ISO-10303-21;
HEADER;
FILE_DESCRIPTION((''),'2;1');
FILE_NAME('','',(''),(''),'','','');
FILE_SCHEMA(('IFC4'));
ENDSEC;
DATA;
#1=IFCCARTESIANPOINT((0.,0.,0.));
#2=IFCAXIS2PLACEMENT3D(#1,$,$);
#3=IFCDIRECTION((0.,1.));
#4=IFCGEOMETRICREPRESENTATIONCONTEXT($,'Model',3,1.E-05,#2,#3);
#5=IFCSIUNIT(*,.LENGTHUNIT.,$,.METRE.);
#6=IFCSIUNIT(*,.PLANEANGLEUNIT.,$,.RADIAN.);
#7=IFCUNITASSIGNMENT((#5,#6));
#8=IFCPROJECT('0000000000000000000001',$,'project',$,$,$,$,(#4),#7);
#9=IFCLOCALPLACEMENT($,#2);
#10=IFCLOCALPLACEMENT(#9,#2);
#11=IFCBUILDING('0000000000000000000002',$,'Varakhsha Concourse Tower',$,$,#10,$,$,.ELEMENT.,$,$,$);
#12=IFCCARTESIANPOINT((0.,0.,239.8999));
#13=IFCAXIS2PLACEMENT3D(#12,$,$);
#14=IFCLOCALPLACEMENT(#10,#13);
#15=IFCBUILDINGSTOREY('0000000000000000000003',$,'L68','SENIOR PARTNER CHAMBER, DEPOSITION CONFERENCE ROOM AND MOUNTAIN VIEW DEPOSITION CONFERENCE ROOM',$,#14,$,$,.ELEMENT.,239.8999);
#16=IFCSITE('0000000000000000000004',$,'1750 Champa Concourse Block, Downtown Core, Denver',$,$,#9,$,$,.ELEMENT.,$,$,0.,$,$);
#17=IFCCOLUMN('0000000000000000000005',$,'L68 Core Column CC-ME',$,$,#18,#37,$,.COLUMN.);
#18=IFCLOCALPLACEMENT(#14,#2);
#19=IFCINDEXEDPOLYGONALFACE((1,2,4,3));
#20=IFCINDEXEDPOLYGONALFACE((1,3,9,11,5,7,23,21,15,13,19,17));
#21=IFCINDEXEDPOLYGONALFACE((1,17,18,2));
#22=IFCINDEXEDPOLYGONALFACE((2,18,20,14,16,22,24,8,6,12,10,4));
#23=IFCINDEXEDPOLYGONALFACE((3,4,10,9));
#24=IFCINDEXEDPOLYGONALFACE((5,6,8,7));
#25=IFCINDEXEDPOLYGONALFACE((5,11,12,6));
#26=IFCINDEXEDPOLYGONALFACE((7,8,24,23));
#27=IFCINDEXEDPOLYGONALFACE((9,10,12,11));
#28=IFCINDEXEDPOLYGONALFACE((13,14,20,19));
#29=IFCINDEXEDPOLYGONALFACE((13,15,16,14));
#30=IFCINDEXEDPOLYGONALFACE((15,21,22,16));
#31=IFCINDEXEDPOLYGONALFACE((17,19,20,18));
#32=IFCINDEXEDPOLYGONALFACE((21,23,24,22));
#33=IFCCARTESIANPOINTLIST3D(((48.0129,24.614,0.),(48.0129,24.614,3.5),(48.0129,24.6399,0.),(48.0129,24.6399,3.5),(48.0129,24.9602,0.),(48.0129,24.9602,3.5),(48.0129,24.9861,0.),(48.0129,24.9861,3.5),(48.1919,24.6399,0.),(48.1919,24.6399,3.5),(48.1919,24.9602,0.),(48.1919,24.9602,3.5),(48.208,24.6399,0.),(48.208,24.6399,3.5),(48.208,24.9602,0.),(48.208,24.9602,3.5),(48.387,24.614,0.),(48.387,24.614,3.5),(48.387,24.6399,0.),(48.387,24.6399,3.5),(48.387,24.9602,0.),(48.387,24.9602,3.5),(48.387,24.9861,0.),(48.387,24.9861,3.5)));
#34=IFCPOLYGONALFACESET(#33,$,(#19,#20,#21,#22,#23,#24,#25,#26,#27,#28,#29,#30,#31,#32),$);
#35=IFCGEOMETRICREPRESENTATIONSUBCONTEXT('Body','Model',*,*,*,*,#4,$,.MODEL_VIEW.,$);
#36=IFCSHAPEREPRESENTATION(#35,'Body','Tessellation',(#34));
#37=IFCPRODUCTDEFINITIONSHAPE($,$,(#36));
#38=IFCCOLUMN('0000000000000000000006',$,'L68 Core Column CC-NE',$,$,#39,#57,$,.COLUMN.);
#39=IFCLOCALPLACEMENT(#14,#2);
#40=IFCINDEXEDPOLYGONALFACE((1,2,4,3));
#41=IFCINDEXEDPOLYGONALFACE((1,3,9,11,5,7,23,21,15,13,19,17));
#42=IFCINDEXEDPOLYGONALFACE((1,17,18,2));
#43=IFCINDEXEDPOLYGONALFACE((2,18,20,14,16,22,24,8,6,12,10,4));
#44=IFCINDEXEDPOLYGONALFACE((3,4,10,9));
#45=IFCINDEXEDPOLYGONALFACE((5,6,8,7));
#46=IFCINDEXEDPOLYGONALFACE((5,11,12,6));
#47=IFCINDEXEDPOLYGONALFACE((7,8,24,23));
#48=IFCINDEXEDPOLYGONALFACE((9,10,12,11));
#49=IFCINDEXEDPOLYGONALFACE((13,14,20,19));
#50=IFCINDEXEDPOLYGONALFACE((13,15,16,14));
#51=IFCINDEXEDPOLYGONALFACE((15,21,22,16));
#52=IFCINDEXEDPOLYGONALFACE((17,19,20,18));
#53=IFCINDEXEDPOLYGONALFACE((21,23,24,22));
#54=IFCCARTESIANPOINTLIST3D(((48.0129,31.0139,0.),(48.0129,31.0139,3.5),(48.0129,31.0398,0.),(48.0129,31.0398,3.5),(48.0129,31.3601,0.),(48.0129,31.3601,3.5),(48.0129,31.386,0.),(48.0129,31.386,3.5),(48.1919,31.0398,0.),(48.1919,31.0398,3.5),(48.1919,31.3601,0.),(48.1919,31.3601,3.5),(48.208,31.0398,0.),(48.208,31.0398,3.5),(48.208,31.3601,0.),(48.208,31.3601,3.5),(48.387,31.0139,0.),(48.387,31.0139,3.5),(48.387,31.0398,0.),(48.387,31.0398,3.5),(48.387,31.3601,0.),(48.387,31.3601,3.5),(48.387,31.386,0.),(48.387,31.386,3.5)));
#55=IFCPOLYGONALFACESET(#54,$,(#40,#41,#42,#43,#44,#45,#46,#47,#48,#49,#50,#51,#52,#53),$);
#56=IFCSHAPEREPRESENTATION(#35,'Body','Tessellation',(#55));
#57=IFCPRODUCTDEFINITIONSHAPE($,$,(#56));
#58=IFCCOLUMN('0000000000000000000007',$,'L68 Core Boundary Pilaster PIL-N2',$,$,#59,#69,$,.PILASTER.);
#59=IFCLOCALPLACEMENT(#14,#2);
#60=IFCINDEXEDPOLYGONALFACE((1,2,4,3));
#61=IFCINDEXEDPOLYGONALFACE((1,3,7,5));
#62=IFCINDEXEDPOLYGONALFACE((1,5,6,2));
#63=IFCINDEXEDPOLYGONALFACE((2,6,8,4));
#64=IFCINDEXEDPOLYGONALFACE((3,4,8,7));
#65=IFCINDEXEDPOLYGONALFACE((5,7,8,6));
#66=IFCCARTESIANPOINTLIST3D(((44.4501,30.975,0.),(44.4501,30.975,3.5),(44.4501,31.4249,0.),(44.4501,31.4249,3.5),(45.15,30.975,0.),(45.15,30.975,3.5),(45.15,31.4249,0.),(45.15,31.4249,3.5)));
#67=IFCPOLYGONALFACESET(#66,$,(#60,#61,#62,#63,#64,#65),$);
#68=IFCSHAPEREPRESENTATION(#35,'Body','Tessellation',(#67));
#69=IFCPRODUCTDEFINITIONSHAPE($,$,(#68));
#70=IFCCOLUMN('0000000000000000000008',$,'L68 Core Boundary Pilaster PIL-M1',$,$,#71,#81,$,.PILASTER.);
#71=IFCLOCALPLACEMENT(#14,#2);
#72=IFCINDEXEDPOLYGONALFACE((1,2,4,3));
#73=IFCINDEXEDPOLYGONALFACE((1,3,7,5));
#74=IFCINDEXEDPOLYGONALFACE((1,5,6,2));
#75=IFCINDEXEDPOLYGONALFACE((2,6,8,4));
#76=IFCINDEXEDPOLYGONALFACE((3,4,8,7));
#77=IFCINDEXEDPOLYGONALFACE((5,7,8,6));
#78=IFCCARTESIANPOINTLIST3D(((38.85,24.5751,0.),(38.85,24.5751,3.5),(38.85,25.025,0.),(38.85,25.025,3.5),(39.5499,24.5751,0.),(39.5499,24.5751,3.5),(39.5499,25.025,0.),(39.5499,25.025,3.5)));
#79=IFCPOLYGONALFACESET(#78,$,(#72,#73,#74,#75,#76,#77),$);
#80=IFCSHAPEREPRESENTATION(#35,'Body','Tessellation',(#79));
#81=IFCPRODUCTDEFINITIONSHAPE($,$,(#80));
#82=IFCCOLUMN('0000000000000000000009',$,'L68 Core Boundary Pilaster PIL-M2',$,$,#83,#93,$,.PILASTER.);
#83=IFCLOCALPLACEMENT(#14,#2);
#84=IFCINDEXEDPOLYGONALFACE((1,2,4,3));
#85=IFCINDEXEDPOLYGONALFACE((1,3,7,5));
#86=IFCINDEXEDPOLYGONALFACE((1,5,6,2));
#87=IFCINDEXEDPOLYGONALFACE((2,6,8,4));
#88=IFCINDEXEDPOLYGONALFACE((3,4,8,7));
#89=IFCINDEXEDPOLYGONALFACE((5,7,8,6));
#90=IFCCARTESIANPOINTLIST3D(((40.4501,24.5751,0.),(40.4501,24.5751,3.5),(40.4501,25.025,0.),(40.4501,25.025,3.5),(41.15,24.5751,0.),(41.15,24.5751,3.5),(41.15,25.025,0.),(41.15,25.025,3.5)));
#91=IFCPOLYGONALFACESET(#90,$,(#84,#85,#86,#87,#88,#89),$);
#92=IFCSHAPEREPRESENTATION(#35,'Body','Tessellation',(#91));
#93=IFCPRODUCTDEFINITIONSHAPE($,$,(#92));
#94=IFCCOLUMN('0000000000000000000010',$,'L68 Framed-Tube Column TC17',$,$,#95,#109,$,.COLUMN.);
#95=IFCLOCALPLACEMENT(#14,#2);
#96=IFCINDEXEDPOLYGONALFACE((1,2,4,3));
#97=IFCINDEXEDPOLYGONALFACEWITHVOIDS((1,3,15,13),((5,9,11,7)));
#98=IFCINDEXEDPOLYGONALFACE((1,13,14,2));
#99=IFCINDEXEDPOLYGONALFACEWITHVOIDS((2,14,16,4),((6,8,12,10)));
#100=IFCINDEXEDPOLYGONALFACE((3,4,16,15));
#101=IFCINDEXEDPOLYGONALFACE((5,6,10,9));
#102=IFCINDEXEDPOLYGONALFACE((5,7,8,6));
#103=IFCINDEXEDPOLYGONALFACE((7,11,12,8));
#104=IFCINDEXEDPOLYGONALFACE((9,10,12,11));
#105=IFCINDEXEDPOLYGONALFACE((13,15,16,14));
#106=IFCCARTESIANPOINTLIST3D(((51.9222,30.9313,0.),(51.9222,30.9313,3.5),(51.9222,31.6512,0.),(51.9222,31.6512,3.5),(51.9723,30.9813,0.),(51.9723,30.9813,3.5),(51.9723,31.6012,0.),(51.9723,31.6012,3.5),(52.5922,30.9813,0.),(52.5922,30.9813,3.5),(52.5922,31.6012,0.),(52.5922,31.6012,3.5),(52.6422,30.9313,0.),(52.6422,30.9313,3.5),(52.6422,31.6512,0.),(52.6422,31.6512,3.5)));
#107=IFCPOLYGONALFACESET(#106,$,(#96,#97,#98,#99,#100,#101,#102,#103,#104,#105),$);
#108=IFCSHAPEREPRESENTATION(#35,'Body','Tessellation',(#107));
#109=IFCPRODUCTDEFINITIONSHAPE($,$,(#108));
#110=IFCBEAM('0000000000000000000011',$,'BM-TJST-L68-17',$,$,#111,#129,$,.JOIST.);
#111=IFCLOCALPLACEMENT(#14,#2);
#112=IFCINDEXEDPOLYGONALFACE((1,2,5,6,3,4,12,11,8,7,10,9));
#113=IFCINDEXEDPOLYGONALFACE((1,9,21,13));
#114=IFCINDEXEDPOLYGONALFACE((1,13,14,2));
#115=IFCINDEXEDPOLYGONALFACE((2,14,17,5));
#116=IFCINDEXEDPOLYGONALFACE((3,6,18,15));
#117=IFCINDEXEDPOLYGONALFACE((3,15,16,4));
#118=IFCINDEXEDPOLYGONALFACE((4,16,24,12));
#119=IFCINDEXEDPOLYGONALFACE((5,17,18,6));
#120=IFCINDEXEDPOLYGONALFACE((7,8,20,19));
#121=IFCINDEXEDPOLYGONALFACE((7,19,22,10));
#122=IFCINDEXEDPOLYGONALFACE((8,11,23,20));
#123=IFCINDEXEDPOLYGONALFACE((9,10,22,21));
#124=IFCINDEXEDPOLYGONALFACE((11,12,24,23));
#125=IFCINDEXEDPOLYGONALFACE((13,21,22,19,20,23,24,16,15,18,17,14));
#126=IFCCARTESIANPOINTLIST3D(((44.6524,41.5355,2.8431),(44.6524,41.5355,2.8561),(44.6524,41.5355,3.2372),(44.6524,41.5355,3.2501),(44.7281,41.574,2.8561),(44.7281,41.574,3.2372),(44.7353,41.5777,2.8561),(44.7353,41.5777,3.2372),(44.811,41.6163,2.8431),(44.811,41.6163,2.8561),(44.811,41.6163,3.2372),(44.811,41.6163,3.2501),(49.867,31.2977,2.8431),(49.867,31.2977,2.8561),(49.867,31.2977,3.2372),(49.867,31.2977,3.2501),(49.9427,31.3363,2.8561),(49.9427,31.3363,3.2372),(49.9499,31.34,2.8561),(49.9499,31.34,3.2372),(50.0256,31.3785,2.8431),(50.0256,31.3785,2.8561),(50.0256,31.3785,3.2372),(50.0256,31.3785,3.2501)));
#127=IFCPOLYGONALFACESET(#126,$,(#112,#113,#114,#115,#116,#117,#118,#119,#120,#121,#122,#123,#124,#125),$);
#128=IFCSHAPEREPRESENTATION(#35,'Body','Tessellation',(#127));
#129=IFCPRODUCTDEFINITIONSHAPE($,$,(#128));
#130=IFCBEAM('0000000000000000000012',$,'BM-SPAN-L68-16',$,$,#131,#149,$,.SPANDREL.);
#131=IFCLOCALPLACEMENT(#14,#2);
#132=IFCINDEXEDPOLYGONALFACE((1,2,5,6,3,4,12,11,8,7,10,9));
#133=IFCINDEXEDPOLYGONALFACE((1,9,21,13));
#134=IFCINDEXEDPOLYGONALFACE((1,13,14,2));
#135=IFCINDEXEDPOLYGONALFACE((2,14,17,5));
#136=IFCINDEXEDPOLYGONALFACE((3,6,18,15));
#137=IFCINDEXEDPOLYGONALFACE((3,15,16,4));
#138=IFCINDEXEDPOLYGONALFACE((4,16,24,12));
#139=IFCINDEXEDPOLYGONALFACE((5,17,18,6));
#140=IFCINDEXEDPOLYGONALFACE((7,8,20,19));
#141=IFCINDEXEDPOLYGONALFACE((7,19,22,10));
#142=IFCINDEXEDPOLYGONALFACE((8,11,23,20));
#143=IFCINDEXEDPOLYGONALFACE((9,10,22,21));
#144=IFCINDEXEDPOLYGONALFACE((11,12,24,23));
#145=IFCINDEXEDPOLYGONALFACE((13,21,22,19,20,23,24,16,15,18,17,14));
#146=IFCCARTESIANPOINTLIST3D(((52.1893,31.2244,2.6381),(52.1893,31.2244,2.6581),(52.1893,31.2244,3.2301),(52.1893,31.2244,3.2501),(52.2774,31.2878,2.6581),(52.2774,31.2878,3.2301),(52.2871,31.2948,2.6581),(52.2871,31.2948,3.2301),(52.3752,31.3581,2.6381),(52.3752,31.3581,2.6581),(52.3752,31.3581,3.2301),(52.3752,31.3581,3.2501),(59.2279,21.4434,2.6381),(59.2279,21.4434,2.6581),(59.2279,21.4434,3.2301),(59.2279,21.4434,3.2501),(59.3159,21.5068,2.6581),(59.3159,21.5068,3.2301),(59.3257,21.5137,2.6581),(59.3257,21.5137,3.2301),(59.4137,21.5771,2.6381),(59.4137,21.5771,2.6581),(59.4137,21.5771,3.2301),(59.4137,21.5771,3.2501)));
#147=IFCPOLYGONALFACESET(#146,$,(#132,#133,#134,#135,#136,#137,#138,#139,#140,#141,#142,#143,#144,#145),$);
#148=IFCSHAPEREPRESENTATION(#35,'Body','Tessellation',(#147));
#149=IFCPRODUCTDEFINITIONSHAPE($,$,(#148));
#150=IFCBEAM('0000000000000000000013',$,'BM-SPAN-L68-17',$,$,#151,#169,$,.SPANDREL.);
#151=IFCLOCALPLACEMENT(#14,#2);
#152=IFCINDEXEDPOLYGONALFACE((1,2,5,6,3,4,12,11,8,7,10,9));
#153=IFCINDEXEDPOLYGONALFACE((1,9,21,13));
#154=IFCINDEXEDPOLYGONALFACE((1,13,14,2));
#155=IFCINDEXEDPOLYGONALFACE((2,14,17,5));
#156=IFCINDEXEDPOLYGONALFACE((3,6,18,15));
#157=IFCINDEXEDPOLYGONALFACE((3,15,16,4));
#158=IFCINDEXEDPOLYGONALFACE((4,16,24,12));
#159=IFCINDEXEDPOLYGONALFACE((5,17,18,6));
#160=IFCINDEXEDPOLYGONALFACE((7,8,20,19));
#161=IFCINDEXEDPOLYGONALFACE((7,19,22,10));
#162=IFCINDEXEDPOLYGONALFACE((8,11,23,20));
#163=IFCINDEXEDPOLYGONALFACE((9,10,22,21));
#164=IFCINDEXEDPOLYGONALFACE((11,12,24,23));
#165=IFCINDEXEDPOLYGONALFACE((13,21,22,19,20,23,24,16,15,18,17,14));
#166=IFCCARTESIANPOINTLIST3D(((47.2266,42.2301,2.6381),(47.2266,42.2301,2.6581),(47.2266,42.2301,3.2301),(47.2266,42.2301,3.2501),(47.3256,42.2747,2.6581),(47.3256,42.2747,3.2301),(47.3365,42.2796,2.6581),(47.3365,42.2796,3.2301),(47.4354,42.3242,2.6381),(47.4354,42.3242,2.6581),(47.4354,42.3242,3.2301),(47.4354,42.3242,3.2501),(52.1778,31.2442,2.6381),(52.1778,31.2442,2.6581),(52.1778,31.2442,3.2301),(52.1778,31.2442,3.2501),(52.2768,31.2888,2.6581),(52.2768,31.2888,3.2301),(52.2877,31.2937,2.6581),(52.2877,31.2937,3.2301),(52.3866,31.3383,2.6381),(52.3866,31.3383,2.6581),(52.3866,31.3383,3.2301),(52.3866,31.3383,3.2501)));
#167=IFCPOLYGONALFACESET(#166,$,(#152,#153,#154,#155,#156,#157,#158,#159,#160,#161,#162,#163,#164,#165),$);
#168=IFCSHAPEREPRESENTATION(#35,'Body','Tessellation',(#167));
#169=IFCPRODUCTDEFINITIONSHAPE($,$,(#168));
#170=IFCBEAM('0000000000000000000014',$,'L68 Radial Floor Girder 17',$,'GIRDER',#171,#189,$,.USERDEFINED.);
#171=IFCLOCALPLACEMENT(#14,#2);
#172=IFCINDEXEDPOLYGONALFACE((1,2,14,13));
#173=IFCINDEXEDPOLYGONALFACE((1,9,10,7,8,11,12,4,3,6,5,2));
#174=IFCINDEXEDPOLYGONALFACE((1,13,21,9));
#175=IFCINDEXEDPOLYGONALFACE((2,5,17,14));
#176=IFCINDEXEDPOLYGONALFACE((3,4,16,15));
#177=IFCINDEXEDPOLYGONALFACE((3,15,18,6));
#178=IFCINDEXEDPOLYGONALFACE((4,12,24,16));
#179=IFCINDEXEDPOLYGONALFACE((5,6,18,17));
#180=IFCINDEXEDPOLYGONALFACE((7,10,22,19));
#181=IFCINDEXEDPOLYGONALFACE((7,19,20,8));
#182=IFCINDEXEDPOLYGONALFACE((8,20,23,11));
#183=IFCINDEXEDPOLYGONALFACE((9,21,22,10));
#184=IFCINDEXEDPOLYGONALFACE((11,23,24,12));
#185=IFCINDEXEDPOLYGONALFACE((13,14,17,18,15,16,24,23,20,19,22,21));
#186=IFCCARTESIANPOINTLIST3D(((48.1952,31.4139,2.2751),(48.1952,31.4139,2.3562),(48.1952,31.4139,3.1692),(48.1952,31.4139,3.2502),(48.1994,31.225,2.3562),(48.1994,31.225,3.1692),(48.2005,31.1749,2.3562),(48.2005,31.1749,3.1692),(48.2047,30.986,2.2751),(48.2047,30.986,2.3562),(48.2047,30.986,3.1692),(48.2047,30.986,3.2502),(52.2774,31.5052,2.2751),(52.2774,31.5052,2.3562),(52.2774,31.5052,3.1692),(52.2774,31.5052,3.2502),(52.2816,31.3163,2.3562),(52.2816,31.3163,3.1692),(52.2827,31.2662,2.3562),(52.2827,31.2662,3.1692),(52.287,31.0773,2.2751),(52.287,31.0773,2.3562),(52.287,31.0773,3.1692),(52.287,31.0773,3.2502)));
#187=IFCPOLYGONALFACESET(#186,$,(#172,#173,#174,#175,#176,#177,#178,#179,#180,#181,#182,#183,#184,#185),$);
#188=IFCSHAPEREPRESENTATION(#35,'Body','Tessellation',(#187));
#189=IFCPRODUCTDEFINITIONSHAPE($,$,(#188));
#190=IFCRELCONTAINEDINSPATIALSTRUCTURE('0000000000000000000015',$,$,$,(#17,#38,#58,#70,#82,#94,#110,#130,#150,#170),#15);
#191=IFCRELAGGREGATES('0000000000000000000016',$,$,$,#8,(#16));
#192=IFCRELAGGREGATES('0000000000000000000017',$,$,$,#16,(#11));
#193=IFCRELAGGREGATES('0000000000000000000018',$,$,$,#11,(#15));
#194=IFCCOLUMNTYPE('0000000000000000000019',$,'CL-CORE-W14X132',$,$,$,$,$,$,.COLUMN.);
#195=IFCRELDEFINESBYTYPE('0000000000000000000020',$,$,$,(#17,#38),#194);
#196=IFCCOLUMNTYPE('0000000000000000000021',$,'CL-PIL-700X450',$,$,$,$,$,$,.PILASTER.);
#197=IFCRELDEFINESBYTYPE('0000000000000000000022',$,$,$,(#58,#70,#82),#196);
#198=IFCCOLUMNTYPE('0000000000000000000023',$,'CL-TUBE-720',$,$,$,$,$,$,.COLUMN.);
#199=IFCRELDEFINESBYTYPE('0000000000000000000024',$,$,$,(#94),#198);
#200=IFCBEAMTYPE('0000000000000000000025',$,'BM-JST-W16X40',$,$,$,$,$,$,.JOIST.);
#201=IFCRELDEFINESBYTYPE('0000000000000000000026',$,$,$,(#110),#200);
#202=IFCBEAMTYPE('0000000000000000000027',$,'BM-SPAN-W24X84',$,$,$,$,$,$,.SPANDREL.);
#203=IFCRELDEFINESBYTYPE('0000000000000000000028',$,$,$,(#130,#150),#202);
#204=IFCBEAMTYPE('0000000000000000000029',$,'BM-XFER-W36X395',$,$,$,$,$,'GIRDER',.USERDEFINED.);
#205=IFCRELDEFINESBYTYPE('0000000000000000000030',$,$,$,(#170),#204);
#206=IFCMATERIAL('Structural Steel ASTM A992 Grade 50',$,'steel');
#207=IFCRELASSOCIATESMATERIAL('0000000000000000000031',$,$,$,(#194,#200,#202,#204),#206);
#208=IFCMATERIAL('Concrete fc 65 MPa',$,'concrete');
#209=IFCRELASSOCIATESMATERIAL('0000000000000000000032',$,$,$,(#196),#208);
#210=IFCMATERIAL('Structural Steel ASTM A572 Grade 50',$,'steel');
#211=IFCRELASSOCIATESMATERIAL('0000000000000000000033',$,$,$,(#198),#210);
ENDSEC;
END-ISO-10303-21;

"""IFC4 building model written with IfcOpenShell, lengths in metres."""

from ifc_helpers import new_model, si_unit, direction, frame, origin, origin_2d, place, context, subcontext, project, spatial, rectangle, hollow_rectangle, i_section, extrude, material, material_profile, profile_set, type_object, element, save


model = new_model("IFC4")

# Units and contexts
model_context = context("Model", 3, precision=1e-05, world=origin(), true_north=direction((0.0, 1.0)))
body_context = subcontext(model_context, "Body", "Model", "MODEL_VIEW")
ifc_project = project(units=[si_unit("LENGTHUNIT", "METRE"), si_unit("PLANEANGLEUNIT", "RADIAN")], contexts=[model_context])

# Site, building, storey
site_placement = place(None, origin())
site = spatial("IfcSite", under=ifc_project, at=site_placement, Name="1750 Champa Concourse Block, Downtown Core, Denver", CompositionType="ELEMENT", RefElevation=0.0)
building_placement = place(site_placement, origin())
building = spatial("IfcBuilding", under=site, at=building_placement, Name="Varakhsha Concourse Tower", CompositionType="ELEMENT")
storey_placement = place(building_placement, frame((0.0, 0.0, 239.8999)))
storey = spatial("IfcBuildingStorey", under=building, at=storey_placement, Name="L68", Description="SENIOR PARTNER CHAMBER, DEPOSITION CONFERENCE ROOM AND MOUNTAIN VIEW DEPOSITION CONFERENCE ROOM", CompositionType="ELEMENT", Elevation=239.8999)

# Columns
ifc_material_1 = material(Name="Structural Steel ASTM A992 Grade 50", Category="steel")
ifc_material_profile_1 = material_profile(ifc_material_1, i_section(OverallWidth=0.374, OverallDepth=0.3721, WebThickness=0.0161, FlangeThickness=0.0259, at=origin_2d()), Name="W14X132")
ifc_profile_set_1 = profile_set([ifc_material_profile_1], Name="Structural Steel ASTM A992 Grade 50")
column_type_1 = type_object("IfcColumnType", Name="CL-CORE-W14X132", PredefinedType="COLUMN", material=ifc_profile_set_1)
for number, where, z_axis, x_axis, name in (
    (1, (48.2, 24.8, 0.0), (0.0, 0.0, 1.0), (1.0, 0.0, 0.0), "L68 Core Column CC-ME"),
    (2, (48.2, 31.2, 0.0), (0.0, 0.0, 1.0), (1.0, 0.0, 0.0), "L68 Core Column CC-NE"),
):
    element("IfcColumn", number, at=place(storey_placement, frame(where, z_axis=z_axis, x_axis=x_axis)), inside=storey, type_object=column_type_1, Name=name, PredefinedType="COLUMN", context=body_context, shape_type="SweptSolid", body=[
        extrude(i_section(OverallWidth=0.374, OverallDepth=0.3721, WebThickness=0.0161, FlangeThickness=0.0259, at=origin_2d()), origin(), (0.0, 0.0, 1.0), 3.5),
    ])
ifc_material_2 = material(Name="Concrete fc 65 MPa", Category="concrete")
ifc_material_profile_2 = material_profile(ifc_material_2, rectangle(XDim=0.7, YDim=0.45, at=origin_2d()), Name="RC 700x450")
ifc_profile_set_2 = profile_set([ifc_material_profile_2], Name="Concrete fc 65 MPa")
column_type_2 = type_object("IfcColumnType", Name="CL-PIL-700X450", PredefinedType="PILASTER", material=ifc_profile_set_2)
for number, where, z_axis, x_axis, name in (
    (3, (44.8, 31.2, 0.0), (0.0, 0.0, 1.0), (1.0, 0.0, 0.0), "L68 Core Boundary Pilaster PIL-N2"),
    (4, (39.2, 24.8, 0.0), (0.0, 0.0, 1.0), (1.0, 0.0, 0.0), "L68 Core Boundary Pilaster PIL-M1"),
    (5, (40.8, 24.8, 0.0), (0.0, 0.0, 1.0), (1.0, 0.0, 0.0), "L68 Core Boundary Pilaster PIL-M2"),
):
    element("IfcColumn", number, at=place(storey_placement, frame(where, z_axis=z_axis, x_axis=x_axis)), inside=storey, type_object=column_type_2, Name=name, PredefinedType="PILASTER", context=body_context, shape_type="SweptSolid", body=[
        extrude(rectangle(XDim=0.7, YDim=0.45, at=origin_2d()), origin(), (0.0, 0.0, 1.0), 3.5),
    ])
ifc_material_3 = material(Name="Structural Steel ASTM A572 Grade 50", Category="steel")
ifc_material_profile_3 = material_profile(ifc_material_3, hollow_rectangle(XDim=0.72, YDim=0.72, WallThickness=0.05, at=origin_2d()), Name="BOX 720x720x50")
ifc_profile_set_3 = profile_set([ifc_material_profile_3], Name="Structural Steel ASTM A572 Grade 50")
column_type_3 = type_object("IfcColumnType", Name="CL-TUBE-720", PredefinedType="COLUMN", material=ifc_profile_set_3)
column_placement = place(storey_placement, frame((52.2822, 31.2913, 0.0), z_axis=(0.0, 0.0, 1.0), x_axis=(1.0, 0.0, 0.0)))
element("IfcColumn", 6, at=column_placement, inside=storey, type_object=column_type_3, Name="L68 Framed-Tube Column TC17", PredefinedType="COLUMN", context=body_context, shape_type="SweptSolid", body=[
    extrude(hollow_rectangle(XDim=0.72, YDim=0.72, WallThickness=0.05, at=origin_2d()), origin(), (0.0, 0.0, 1.0), 3.5),
])

# Beams
ifc_material_profile_4 = material_profile(ifc_material_1, i_section(OverallWidth=0.178, OverallDepth=0.407, WebThickness=0.0081, FlangeThickness=0.0129, at=origin_2d()), Name="W16X40")
ifc_profile_set_4 = profile_set([ifc_material_profile_4], Name="Structural Steel ASTM A992 Grade 50")
beam_type_1 = type_object("IfcBeamType", Name="BM-JST-W16X40", PredefinedType="JOIST", material=ifc_profile_set_4)
beam_1_placement = place(storey_placement, frame((49.9463, 31.3381, 3.0466), z_axis=(-0.453865, 0.89107, 0.0), x_axis=(-0.89107, -0.453865, 0.0)))
element("IfcBeam", 7, at=beam_1_placement, inside=storey, type_object=beam_type_1, Name="BM-TJST-L68-17", PredefinedType="JOIST", context=body_context, shape_type="SweptSolid", body=[
    extrude(i_section(OverallWidth=0.178, OverallDepth=0.407, WebThickness=0.0081, FlangeThickness=0.0129, at=origin_2d()), origin(), (0.0, 0.0, 1.0), 11.4893),
])
ifc_material_profile_5 = material_profile(ifc_material_1, i_section(OverallWidth=0.229, OverallDepth=0.6121, WebThickness=0.012, FlangeThickness=0.02, at=origin_2d()), Name="W24X84")
ifc_profile_set_5 = profile_set([ifc_material_profile_5], Name="Structural Steel ASTM A992 Grade 50")
beam_type_2 = type_object("IfcBeamType", Name="BM-SPAN-W24X84", PredefinedType="SPANDREL", material=ifc_profile_set_5)
beam_2_placement = place(storey_placement, frame((59.3208, 21.5103, 2.9441), z_axis=(-0.5841, 0.811682, 0.0), x_axis=(-0.811682, -0.5841, 0.0)))
element("IfcBeam", 8, at=beam_2_placement, inside=storey, type_object=beam_type_2, Name="BM-SPAN-L68-16", PredefinedType="SPANDREL", context=body_context, shape_type="SweptSolid", body=[
    extrude(i_section(OverallWidth=0.229, OverallDepth=0.6121, WebThickness=0.012, FlangeThickness=0.02, at=origin_2d()), origin(), (0.0, 0.0, 1.0), 12.0503),
])
beam_3_placement = place(storey_placement, frame((52.2822, 31.2913, 2.9441), z_axis=(-0.410885, 0.911687, 0.0), x_axis=(-0.911687, -0.410885, 0.0)))
element("IfcBeam", 9, at=beam_3_placement, inside=storey, type_object=beam_type_2, Name="BM-SPAN-L68-17", PredefinedType="SPANDREL", context=body_context, shape_type="SweptSolid", body=[
    extrude(i_section(OverallWidth=0.229, OverallDepth=0.6121, WebThickness=0.012, FlangeThickness=0.02, at=origin_2d()), origin(), (0.0, 0.0, 1.0), 12.05),
])
ifc_material_profile_6 = material_profile(ifc_material_1, i_section(OverallWidth=0.428, OverallDepth=0.9751, WebThickness=0.05, FlangeThickness=0.0811, at=origin_2d()), Name="W36X395")
ifc_profile_set_6 = profile_set([ifc_material_profile_6], Name="Structural Steel ASTM A992 Grade 50")
beam_type_3 = type_object("IfcBeamType", Name="BM-XFER-W36X395", ElementType="GIRDER", PredefinedType="USERDEFINED", material=ifc_profile_set_6)
beam_4_placement = place(storey_placement, frame((48.2, 31.2, 2.7627), z_axis=(0.99975, 0.022361, 0.0), x_axis=(-0.022361, 0.99975, 0.0)))
element("IfcBeam", 10, at=beam_4_placement, inside=storey, type_object=beam_type_3, Name="L68 Radial Floor Girder 17", ObjectType="GIRDER", PredefinedType="USERDEFINED", context=body_context, shape_type="SweptSolid", body=[
    extrude(i_section(OverallWidth=0.428, OverallDepth=0.9751, WebThickness=0.05, FlangeThickness=0.0811, at=origin_2d()), origin(), (0.0, 0.0, 1.0), 4.0833),
])

save(model, "model.ifc")
